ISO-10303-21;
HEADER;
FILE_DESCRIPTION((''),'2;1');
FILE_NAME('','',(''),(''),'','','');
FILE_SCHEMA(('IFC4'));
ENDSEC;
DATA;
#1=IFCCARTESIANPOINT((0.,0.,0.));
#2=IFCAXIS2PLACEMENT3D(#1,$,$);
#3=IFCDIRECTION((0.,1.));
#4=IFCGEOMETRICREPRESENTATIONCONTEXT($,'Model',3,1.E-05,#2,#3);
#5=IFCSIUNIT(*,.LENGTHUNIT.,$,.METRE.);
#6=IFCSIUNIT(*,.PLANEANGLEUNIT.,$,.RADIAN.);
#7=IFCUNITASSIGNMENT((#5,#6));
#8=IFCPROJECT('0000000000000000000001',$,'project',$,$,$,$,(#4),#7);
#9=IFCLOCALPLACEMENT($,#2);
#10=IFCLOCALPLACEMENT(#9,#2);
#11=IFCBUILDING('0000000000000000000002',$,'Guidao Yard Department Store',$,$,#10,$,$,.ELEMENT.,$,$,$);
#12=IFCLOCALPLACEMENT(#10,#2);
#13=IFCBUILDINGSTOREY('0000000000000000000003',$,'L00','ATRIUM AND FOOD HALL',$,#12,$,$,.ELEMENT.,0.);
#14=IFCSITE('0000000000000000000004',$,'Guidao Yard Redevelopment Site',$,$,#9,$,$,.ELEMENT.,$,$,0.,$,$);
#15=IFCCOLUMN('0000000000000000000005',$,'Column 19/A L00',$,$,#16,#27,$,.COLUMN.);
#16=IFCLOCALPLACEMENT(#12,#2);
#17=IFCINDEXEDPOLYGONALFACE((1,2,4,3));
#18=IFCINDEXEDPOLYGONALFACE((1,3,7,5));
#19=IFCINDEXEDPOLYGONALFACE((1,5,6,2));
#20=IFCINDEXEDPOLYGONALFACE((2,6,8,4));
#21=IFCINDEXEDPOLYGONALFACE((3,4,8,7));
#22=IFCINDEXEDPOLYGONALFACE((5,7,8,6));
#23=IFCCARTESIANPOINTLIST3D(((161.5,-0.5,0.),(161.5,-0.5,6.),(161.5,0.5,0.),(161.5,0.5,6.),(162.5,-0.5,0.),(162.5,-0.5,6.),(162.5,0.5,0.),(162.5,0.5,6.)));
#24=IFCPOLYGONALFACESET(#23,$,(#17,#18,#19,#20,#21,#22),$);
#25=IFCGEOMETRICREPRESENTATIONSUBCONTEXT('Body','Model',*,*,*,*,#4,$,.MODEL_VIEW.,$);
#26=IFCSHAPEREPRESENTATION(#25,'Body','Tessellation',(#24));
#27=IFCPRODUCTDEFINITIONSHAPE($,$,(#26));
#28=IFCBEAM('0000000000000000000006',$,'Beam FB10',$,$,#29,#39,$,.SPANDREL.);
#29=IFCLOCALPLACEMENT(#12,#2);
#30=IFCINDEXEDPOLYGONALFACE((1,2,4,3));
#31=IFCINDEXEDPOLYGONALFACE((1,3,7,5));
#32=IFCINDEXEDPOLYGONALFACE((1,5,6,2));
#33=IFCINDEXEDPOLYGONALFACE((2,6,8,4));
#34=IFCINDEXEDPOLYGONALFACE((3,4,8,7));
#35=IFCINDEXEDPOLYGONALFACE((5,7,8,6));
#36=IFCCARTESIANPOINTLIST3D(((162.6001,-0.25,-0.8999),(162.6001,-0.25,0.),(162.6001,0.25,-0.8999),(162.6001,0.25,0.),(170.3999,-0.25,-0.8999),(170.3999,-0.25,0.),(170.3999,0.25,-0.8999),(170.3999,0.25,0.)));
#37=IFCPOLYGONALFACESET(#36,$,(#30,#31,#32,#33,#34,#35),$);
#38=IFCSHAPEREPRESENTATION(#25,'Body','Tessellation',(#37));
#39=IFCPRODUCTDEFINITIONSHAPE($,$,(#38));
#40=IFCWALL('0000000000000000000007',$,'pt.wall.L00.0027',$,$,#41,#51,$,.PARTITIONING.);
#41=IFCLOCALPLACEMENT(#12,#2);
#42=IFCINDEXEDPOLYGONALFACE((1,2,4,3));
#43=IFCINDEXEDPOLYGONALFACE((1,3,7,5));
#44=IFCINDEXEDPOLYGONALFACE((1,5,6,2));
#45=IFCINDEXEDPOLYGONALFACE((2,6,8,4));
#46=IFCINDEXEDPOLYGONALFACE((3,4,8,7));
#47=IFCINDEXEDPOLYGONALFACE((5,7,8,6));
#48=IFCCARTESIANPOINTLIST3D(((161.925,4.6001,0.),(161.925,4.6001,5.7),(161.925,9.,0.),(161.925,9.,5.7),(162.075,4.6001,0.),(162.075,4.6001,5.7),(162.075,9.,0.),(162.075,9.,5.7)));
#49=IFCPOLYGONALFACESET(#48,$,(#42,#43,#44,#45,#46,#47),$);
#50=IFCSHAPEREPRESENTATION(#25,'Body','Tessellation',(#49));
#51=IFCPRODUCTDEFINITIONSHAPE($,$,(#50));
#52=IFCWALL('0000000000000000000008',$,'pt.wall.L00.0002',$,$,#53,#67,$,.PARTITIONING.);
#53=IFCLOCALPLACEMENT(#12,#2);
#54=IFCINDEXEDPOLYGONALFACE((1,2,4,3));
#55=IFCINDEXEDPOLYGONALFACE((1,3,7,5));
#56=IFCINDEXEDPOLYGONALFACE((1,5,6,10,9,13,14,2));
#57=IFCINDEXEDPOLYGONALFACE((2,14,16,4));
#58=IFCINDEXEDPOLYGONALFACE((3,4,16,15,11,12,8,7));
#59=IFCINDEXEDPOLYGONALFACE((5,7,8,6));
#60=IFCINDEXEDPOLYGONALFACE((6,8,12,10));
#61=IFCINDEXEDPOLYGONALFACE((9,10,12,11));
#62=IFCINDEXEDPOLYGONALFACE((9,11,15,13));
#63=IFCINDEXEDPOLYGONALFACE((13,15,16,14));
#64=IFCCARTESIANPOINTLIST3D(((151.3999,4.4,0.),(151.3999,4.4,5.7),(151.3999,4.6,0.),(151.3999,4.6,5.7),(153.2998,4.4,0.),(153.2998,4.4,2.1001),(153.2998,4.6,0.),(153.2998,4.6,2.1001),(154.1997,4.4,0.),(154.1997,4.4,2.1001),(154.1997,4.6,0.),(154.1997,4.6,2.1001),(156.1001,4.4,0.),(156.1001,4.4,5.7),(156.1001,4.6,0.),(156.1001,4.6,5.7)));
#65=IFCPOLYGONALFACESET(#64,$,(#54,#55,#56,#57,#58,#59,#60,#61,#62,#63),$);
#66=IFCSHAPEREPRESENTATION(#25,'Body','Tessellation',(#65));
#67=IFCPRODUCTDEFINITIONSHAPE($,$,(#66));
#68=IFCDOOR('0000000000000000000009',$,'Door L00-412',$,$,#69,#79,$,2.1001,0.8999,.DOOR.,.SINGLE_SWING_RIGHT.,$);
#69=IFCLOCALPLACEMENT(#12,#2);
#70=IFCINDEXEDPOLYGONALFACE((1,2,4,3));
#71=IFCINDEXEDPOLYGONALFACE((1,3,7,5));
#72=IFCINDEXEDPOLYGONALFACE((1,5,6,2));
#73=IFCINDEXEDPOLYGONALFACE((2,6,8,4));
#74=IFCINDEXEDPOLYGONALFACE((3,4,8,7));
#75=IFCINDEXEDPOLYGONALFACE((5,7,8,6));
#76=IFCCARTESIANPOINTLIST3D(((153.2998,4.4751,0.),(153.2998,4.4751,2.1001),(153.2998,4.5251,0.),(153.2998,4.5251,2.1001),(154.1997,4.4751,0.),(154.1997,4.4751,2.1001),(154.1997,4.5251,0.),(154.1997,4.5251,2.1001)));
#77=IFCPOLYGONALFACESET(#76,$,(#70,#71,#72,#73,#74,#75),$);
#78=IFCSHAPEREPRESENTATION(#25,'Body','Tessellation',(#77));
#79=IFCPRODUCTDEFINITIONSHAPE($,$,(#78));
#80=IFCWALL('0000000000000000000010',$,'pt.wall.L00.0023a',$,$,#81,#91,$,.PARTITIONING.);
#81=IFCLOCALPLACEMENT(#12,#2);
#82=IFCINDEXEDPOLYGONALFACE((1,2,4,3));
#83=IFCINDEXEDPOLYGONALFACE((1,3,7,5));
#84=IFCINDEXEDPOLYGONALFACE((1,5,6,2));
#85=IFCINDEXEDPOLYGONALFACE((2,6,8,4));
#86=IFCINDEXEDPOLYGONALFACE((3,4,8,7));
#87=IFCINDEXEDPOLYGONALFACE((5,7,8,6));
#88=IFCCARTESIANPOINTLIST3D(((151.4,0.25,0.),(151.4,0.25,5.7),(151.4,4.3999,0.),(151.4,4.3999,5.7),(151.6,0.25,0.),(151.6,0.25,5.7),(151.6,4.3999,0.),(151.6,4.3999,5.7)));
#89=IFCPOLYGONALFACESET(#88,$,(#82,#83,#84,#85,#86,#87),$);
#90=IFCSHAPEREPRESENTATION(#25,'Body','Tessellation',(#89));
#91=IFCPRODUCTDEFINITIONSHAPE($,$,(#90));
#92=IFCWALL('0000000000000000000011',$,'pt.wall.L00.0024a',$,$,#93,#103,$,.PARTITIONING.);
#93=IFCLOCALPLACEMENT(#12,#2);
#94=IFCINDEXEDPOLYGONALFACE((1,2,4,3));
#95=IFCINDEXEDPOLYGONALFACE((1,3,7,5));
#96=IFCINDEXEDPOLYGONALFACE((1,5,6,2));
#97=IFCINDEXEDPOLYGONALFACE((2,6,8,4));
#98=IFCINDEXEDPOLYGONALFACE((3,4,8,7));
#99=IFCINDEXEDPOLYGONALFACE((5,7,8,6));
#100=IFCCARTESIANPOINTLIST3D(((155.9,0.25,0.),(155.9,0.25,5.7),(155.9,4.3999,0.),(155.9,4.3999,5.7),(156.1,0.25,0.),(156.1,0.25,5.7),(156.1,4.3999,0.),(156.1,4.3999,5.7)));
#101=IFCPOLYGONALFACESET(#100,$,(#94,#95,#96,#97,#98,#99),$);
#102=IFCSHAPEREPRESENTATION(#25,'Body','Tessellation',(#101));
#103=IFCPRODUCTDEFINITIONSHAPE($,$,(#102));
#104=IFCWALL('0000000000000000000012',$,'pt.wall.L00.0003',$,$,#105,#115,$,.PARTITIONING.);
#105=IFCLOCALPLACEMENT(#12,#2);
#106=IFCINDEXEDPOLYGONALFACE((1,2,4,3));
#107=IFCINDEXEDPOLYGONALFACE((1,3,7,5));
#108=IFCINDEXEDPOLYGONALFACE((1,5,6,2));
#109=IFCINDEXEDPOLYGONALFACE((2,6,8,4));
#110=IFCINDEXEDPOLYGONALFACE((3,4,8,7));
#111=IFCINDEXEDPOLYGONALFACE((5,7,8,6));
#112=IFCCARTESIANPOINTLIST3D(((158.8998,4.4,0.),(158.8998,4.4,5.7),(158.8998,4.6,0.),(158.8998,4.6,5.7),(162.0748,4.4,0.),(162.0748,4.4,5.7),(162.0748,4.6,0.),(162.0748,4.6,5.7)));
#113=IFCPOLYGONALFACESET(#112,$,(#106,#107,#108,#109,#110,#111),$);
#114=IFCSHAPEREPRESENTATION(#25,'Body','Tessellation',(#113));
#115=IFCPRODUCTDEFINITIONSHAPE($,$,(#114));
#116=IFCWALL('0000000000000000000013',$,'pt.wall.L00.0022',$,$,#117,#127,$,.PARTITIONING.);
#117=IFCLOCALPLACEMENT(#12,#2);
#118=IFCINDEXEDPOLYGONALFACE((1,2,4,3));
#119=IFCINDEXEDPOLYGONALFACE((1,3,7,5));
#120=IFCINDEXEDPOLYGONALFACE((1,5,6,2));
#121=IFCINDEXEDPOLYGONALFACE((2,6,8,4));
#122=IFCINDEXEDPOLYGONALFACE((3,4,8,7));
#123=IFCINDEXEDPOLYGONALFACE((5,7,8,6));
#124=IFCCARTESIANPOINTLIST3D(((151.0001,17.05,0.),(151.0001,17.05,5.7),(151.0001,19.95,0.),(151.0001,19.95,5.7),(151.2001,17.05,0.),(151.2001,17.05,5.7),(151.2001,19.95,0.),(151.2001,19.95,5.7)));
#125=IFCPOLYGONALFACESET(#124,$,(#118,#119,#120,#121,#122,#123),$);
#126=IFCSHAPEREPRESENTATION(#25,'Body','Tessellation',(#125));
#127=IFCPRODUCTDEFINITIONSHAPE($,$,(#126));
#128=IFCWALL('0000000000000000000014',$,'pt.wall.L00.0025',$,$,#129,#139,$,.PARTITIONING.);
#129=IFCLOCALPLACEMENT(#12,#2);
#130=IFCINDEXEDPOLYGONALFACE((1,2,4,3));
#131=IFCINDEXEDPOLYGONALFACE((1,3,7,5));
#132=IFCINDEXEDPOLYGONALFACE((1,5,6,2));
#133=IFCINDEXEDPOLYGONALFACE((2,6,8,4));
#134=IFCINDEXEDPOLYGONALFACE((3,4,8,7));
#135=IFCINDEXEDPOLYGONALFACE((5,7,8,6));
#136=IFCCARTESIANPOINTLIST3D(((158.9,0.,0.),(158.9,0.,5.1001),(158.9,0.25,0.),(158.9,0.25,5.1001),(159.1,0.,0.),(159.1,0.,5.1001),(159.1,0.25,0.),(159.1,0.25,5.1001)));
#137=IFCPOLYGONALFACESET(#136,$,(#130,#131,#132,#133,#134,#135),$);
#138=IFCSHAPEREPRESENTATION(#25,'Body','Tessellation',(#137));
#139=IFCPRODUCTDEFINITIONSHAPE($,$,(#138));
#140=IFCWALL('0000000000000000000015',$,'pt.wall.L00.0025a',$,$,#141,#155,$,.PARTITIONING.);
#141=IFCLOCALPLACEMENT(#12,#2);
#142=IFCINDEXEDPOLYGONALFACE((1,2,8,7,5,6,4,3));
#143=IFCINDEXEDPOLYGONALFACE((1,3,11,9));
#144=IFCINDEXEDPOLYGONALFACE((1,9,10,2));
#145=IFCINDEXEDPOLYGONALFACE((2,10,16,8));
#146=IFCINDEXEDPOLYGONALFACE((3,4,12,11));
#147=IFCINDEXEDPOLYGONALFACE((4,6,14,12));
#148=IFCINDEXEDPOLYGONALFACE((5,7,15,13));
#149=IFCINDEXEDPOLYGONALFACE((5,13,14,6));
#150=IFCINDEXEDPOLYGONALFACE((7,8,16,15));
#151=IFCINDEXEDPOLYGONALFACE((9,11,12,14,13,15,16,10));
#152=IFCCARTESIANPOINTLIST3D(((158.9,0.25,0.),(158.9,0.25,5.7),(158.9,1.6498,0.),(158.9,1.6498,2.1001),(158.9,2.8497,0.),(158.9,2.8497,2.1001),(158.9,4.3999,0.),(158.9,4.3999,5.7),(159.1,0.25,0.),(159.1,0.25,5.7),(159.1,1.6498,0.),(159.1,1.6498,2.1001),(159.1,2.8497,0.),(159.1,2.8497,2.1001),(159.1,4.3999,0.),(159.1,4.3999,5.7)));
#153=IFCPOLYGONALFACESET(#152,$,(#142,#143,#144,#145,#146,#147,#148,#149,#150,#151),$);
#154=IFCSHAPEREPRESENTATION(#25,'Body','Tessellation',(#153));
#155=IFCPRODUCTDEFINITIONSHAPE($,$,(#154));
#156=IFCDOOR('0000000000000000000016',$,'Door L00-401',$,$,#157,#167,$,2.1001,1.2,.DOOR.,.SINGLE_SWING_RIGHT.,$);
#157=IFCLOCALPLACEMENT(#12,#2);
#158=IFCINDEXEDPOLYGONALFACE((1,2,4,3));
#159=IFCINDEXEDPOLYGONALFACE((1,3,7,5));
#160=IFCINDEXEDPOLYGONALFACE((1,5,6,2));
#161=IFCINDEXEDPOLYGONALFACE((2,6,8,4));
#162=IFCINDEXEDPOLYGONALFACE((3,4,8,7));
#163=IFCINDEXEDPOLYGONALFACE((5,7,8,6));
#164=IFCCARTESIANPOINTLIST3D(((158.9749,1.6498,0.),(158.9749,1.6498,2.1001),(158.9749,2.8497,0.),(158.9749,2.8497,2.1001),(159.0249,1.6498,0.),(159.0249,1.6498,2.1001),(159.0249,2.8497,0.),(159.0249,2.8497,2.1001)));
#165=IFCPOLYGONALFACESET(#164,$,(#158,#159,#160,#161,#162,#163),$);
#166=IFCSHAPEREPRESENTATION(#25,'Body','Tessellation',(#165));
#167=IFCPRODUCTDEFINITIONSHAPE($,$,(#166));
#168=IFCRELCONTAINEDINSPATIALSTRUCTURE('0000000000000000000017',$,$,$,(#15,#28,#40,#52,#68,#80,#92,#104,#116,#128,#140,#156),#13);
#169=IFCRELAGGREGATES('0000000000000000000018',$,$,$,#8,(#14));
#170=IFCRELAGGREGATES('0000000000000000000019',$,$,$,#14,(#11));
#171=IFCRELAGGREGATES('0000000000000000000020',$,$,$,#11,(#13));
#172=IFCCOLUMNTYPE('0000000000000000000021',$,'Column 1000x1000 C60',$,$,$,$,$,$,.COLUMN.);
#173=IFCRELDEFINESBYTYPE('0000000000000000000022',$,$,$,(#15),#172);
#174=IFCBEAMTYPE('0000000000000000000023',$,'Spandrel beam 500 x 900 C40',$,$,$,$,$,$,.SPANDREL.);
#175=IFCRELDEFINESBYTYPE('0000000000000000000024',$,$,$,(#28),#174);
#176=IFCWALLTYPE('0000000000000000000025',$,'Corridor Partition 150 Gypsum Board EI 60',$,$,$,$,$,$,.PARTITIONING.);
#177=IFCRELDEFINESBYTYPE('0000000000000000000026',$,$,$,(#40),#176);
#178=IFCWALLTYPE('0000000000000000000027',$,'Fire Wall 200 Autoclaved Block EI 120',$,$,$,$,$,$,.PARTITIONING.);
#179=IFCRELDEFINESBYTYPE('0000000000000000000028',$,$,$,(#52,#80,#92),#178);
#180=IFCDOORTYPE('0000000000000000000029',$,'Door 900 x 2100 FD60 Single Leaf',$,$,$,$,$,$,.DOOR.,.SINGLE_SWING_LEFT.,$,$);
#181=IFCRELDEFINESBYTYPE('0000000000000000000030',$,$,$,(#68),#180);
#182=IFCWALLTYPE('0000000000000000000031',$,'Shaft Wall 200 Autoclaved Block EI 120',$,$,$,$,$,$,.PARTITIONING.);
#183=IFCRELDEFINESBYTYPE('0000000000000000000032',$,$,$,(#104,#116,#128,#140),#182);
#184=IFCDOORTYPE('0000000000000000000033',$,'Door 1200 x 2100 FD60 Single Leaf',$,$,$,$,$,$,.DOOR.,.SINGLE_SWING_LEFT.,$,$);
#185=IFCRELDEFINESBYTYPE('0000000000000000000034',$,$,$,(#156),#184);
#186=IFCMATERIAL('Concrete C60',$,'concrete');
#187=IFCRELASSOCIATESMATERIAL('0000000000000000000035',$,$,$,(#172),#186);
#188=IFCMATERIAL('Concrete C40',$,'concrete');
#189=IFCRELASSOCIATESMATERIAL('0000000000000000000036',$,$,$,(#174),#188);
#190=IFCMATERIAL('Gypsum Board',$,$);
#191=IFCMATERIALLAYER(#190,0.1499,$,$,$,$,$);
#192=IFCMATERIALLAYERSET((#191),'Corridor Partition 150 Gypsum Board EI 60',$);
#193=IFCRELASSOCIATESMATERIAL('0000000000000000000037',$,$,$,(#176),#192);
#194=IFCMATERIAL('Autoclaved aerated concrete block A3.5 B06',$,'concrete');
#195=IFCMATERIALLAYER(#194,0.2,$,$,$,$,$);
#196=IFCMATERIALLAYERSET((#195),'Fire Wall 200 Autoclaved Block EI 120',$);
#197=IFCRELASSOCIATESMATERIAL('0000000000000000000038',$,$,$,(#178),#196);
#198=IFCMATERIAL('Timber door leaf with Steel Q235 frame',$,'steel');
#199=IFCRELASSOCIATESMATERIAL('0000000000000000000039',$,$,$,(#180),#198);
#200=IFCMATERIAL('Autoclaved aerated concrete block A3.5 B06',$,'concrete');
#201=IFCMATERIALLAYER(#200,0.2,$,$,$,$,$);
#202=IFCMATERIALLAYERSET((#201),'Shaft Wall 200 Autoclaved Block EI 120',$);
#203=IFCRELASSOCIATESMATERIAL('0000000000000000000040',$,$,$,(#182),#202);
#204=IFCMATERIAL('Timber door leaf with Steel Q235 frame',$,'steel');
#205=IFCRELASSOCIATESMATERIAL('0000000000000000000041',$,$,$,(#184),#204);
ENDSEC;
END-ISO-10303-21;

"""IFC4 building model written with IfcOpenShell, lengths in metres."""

from ifc_helpers import new_model, si_unit, direction, frame, frame_2d, origin, origin_2d, place, context, subcontext, project, spatial, rectangle, extrude, material, layer, layer_set, material_profile, profile_set, type_object, element, fill, save


model = new_model("IFC4")

# Units and contexts
model_context = context("Model", 3, precision=1e-05, world=origin(), true_north=direction((0.0, 1.0)))
body_context = subcontext(model_context, "Body", "Model", "MODEL_VIEW")
ifc_project = project(units=[si_unit("LENGTHUNIT", "METRE"), si_unit("PLANEANGLEUNIT", "RADIAN")], contexts=[model_context])

# Site, building, storey
site_placement = place(None, origin())
site = spatial("IfcSite", under=ifc_project, at=site_placement, Name="Guidao Yard Redevelopment Site", CompositionType="ELEMENT", RefElevation=0.0)
building_placement = place(site_placement, origin())
building = spatial("IfcBuilding", under=site, at=building_placement, Name="Guidao Yard Department Store", CompositionType="ELEMENT")
storey_placement = place(building_placement, origin())
storey = spatial("IfcBuildingStorey", under=building, at=storey_placement, Name="L00", Description="ATRIUM AND FOOD HALL", CompositionType="ELEMENT", Elevation=0.0)

# Column
ifc_material_1 = material(Name="Concrete C60", Category="concrete")
ifc_material_profile_1 = material_profile(ifc_material_1, rectangle(XDim=1.0, YDim=1.0, at=origin_2d()), Name="COL 1000x1000")
ifc_profile_set_1 = profile_set([ifc_material_profile_1], Name="Concrete C60")
column_type = type_object("IfcColumnType", Name="Column 1000x1000 C60", PredefinedType="COLUMN", material=ifc_profile_set_1)
column_placement = place(storey_placement, frame((162.0, 0.0, 0.0), z_axis=(0.0, 0.0, 1.0), x_axis=(1.0, 0.0, 0.0)))
element("IfcColumn", 1, at=column_placement, inside=storey, type_object=column_type, Name="Column 19/A L00", PredefinedType="COLUMN", context=body_context, shape_type="SweptSolid", body=[
    extrude(rectangle(XDim=1.0, YDim=1.0, at=origin_2d()), origin(), (0.0, 0.0, 1.0), 6.0),
])

# Beam
ifc_material_2 = material(Name="Concrete C40", Category="concrete")
ifc_material_profile_2 = material_profile(ifc_material_2, rectangle(XDim=0.5, YDim=0.8999, at=origin_2d()), Name="Spandrel beam 500 x 900 C40")
ifc_profile_set_2 = profile_set([ifc_material_profile_2], Name="Concrete C40")
beam_type = type_object("IfcBeamType", Name="Spandrel beam 500 x 900 C40", PredefinedType="SPANDREL", material=ifc_profile_set_2)
beam_placement = place(storey_placement, frame((162.6001, 0.0, -0.45), z_axis=(1.0, 0.0, 0.0), x_axis=(0.0, 1.0, 0.0)))
element("IfcBeam", 2, at=beam_placement, inside=storey, type_object=beam_type, Name="Beam FB10", PredefinedType="SPANDREL", context=body_context, shape_type="SweptSolid", body=[
    extrude(rectangle(XDim=0.5, YDim=0.8999, at=origin_2d()), origin(), (0.0, 0.0, 1.0), 7.7998),
])

# Wall
ifc_material_3 = material(Name="Gypsum Board")
ifc_layer_1 = layer(ifc_material_3, 0.1499)
ifc_layer_set_1 = layer_set([ifc_layer_1], Name="Corridor Partition 150 Gypsum Board EI 60")
wall_type_1 = type_object("IfcWallType", Name="Corridor Partition 150 Gypsum Board EI 60", PredefinedType="PARTITIONING", material=ifc_layer_set_1)
wall_1_placement = place(storey_placement, frame((162.0, 4.6001, 0.0), z_axis=(0.0, 0.0, 1.0), x_axis=(0.0, 1.0, 0.0)))
element("IfcWall", 3, at=wall_1_placement, inside=storey, type_object=wall_type_1, Name="pt.wall.L00.0027", PredefinedType="PARTITIONING", context=body_context, shape_type="SweptSolid", body=[
    extrude(rectangle(XDim=4.3999, YDim=0.1499, at=frame_2d((2.2, 0.0))), origin(), (0.0, 0.0, 1.0), 5.7),
])

# Wall, opening, door
ifc_material_4 = material(Name="Autoclaved aerated concrete block A3.5 B06", Category="concrete")
ifc_layer_2 = layer(ifc_material_4, 0.2)
ifc_layer_set_2 = layer_set([ifc_layer_2], Name="Fire Wall 200 Autoclaved Block EI 120")
wall_type_2 = type_object("IfcWallType", Name="Fire Wall 200 Autoclaved Block EI 120", PredefinedType="PARTITIONING", material=ifc_layer_set_2)
wall_2_placement = place(storey_placement, frame((151.3999, 4.5, 0.0), z_axis=(0.0, 0.0, 1.0), x_axis=(1.0, 0.0, 0.0)))
wall_2 = element("IfcWall", 4, at=wall_2_placement, inside=storey, type_object=wall_type_2, Name="pt.wall.L00.0002", PredefinedType="PARTITIONING", context=body_context, shape_type="SweptSolid", body=[
    extrude(rectangle(XDim=4.7002, YDim=0.2, at=frame_2d((2.3501, 0.0))), origin(), (0.0, 0.0, 1.0), 5.7),
])
opening_1_placement = place(wall_2_placement, frame((2.7998, 0.0, 0.0), z_axis=(0.0, 0.0, 1.0), x_axis=(-1.0, 0.0, 0.0)))
opening_1 = element("IfcOpeningElement", 5, at=opening_1_placement, cuts=wall_2, PredefinedType="OPENING", context=body_context, shape_type="SweptSolid", body=[
    extrude(rectangle(XDim=0.8999, YDim=2.1001, at=frame_2d((0.45, 1.05))), frame((0.0, 0.1099, 0.0), z_axis=(0.0, -1.0, 0.0), x_axis=(1.0, 0.0, 0.0)), (0.0, 0.0, 1.0), 0.22),
])
ifc_material_5 = material(Name="Timber door leaf with Steel Q235 frame", Category="steel")
door_type_1 = type_object("IfcDoorType", Name="Door 900 x 2100 FD60 Single Leaf", OperationType="SINGLE_SWING_LEFT", PredefinedType="DOOR", material=ifc_material_5)
door_1_placement = place(opening_1_placement, origin())
door_1 = element("IfcDoor", 6, at=door_1_placement, inside=storey, type_object=door_type_1, Name="Door L00-412", OperationType="SINGLE_SWING_RIGHT", OverallHeight=2.1001, OverallWidth=0.8999, PredefinedType="DOOR", context=body_context, shape_type="SweptSolid", body=[
    extrude(rectangle(XDim=0.8999, YDim=2.1001, at=frame_2d((0.45, 1.05))), frame((0.0, 0.0249, 0.0), z_axis=(0.0, -1.0, 0.0), x_axis=(1.0, 0.0, 0.0)), (0.0, 0.0, 1.0), 0.05),
])
fill(opening_1, door_1)

# Walls
for number, where, z_axis, x_axis, name in (
    (7, (151.5, 0.25, 0.0), (0.0, 0.0, 1.0), (0.0, 1.0, 0.0), "pt.wall.L00.0023a"),
    (8, (156.0, 0.25, 0.0), (0.0, 0.0, 1.0), (0.0, 1.0, 0.0), "pt.wall.L00.0024a"),
):
    element("IfcWall", number, at=place(storey_placement, frame(where, z_axis=z_axis, x_axis=x_axis)), inside=storey, type_object=wall_type_2, Name=name, PredefinedType="PARTITIONING", context=body_context, shape_type="SweptSolid", body=[
        extrude(rectangle(XDim=4.1499, YDim=0.2, at=frame_2d((2.075, 0.0))), origin(), (0.0, 0.0, 1.0), 5.7),
    ])
ifc_material_6 = material(Name="Autoclaved aerated concrete block A3.5 B06", Category="concrete")
ifc_layer_3 = layer(ifc_material_6, 0.2)
ifc_layer_set_3 = layer_set([ifc_layer_3], Name="Shaft Wall 200 Autoclaved Block EI 120")
wall_type_3 = type_object("IfcWallType", Name="Shaft Wall 200 Autoclaved Block EI 120", PredefinedType="PARTITIONING", material=ifc_layer_set_3)
wall_3_placement = place(storey_placement, frame((158.8999, 4.5, 0.0), z_axis=(0.0, 0.0, 1.0), x_axis=(1.0, 0.0, 0.0)))
element("IfcWall", 9, at=wall_3_placement, inside=storey, type_object=wall_type_3, Name="pt.wall.L00.0003", PredefinedType="PARTITIONING", context=body_context, shape_type="SweptSolid", body=[
    extrude(rectangle(XDim=3.175, YDim=0.2, at=frame_2d((1.5874, 0.0))), origin(), (0.0, 0.0, 1.0), 5.7),
])
wall_4_placement = place(storey_placement, frame((151.1001, 17.05, 0.0), z_axis=(0.0, 0.0, 1.0), x_axis=(0.0, 1.0, 0.0)))
element("IfcWall", 10, at=wall_4_placement, inside=storey, type_object=wall_type_3, Name="pt.wall.L00.0022", PredefinedType="PARTITIONING", context=body_context, shape_type="SweptSolid", body=[
    extrude(rectangle(XDim=2.8999, YDim=0.2, at=frame_2d((1.45, 0.0))), origin(), (0.0, 0.0, 1.0), 5.7),
])
wall_5_placement = place(storey_placement, frame((159.0, 0.0, 0.0), z_axis=(0.0, 0.0, 1.0), x_axis=(0.0, 1.0, 0.0)))
element("IfcWall", 11, at=wall_5_placement, inside=storey, type_object=wall_type_3, Name="pt.wall.L00.0025", PredefinedType="PARTITIONING", context=body_context, shape_type="SweptSolid", body=[
    extrude(rectangle(XDim=0.25, YDim=0.2, at=frame_2d((0.125, 0.0))), origin(), (0.0, 0.0, 1.0), 5.1001),
])

# Wall, opening, door
wall_6_placement = place(storey_placement, frame((159.0, 0.25, 0.0), z_axis=(0.0, 0.0, 1.0), x_axis=(0.0, 1.0, 0.0)))
wall_6 = element("IfcWall", 12, at=wall_6_placement, inside=storey, type_object=wall_type_3, Name="pt.wall.L00.0025a", PredefinedType="PARTITIONING", context=body_context, shape_type="SweptSolid", body=[
    extrude(rectangle(XDim=4.1499, YDim=0.2, at=frame_2d((2.075, 0.0))), origin(), (0.0, 0.0, 1.0), 5.7),
])
opening_2_placement = place(wall_6_placement, frame((2.5999, 0.0, 0.0), z_axis=(0.0, 0.0, 1.0), x_axis=(-1.0, 0.0, 0.0)))
opening_2 = element("IfcOpeningElement", 13, at=opening_2_placement, cuts=wall_6, PredefinedType="OPENING", context=body_context, shape_type="SweptSolid", body=[
    extrude(rectangle(XDim=1.2, YDim=2.1001, at=frame_2d((0.6001, 1.05))), frame((0.0, 0.1099, 0.0), z_axis=(0.0, -1.0, 0.0), x_axis=(1.0, 0.0, 0.0)), (0.0, 0.0, 1.0), 0.22),
])
ifc_material_7 = material(Name="Timber door leaf with Steel Q235 frame", Category="steel")
door_type_2 = type_object("IfcDoorType", Name="Door 1200 x 2100 FD60 Single Leaf", OperationType="SINGLE_SWING_LEFT", PredefinedType="DOOR", material=ifc_material_7)
door_2_placement = place(opening_2_placement, origin())
door_2 = element("IfcDoor", 14, at=door_2_placement, inside=storey, type_object=door_type_2, Name="Door L00-401", OperationType="SINGLE_SWING_RIGHT", OverallHeight=2.1001, OverallWidth=1.2, PredefinedType="DOOR", context=body_context, shape_type="SweptSolid", body=[
    extrude(rectangle(XDim=1.2, YDim=2.1001, at=frame_2d((0.6001, 1.05))), frame((0.0, 0.0249, 0.0), z_axis=(0.0, -1.0, 0.0), x_axis=(1.0, 0.0, 0.0)), (0.0, 0.0, 1.0), 0.05),
])
fill(opening_2, door_2)

save(model, "model.ifc")
